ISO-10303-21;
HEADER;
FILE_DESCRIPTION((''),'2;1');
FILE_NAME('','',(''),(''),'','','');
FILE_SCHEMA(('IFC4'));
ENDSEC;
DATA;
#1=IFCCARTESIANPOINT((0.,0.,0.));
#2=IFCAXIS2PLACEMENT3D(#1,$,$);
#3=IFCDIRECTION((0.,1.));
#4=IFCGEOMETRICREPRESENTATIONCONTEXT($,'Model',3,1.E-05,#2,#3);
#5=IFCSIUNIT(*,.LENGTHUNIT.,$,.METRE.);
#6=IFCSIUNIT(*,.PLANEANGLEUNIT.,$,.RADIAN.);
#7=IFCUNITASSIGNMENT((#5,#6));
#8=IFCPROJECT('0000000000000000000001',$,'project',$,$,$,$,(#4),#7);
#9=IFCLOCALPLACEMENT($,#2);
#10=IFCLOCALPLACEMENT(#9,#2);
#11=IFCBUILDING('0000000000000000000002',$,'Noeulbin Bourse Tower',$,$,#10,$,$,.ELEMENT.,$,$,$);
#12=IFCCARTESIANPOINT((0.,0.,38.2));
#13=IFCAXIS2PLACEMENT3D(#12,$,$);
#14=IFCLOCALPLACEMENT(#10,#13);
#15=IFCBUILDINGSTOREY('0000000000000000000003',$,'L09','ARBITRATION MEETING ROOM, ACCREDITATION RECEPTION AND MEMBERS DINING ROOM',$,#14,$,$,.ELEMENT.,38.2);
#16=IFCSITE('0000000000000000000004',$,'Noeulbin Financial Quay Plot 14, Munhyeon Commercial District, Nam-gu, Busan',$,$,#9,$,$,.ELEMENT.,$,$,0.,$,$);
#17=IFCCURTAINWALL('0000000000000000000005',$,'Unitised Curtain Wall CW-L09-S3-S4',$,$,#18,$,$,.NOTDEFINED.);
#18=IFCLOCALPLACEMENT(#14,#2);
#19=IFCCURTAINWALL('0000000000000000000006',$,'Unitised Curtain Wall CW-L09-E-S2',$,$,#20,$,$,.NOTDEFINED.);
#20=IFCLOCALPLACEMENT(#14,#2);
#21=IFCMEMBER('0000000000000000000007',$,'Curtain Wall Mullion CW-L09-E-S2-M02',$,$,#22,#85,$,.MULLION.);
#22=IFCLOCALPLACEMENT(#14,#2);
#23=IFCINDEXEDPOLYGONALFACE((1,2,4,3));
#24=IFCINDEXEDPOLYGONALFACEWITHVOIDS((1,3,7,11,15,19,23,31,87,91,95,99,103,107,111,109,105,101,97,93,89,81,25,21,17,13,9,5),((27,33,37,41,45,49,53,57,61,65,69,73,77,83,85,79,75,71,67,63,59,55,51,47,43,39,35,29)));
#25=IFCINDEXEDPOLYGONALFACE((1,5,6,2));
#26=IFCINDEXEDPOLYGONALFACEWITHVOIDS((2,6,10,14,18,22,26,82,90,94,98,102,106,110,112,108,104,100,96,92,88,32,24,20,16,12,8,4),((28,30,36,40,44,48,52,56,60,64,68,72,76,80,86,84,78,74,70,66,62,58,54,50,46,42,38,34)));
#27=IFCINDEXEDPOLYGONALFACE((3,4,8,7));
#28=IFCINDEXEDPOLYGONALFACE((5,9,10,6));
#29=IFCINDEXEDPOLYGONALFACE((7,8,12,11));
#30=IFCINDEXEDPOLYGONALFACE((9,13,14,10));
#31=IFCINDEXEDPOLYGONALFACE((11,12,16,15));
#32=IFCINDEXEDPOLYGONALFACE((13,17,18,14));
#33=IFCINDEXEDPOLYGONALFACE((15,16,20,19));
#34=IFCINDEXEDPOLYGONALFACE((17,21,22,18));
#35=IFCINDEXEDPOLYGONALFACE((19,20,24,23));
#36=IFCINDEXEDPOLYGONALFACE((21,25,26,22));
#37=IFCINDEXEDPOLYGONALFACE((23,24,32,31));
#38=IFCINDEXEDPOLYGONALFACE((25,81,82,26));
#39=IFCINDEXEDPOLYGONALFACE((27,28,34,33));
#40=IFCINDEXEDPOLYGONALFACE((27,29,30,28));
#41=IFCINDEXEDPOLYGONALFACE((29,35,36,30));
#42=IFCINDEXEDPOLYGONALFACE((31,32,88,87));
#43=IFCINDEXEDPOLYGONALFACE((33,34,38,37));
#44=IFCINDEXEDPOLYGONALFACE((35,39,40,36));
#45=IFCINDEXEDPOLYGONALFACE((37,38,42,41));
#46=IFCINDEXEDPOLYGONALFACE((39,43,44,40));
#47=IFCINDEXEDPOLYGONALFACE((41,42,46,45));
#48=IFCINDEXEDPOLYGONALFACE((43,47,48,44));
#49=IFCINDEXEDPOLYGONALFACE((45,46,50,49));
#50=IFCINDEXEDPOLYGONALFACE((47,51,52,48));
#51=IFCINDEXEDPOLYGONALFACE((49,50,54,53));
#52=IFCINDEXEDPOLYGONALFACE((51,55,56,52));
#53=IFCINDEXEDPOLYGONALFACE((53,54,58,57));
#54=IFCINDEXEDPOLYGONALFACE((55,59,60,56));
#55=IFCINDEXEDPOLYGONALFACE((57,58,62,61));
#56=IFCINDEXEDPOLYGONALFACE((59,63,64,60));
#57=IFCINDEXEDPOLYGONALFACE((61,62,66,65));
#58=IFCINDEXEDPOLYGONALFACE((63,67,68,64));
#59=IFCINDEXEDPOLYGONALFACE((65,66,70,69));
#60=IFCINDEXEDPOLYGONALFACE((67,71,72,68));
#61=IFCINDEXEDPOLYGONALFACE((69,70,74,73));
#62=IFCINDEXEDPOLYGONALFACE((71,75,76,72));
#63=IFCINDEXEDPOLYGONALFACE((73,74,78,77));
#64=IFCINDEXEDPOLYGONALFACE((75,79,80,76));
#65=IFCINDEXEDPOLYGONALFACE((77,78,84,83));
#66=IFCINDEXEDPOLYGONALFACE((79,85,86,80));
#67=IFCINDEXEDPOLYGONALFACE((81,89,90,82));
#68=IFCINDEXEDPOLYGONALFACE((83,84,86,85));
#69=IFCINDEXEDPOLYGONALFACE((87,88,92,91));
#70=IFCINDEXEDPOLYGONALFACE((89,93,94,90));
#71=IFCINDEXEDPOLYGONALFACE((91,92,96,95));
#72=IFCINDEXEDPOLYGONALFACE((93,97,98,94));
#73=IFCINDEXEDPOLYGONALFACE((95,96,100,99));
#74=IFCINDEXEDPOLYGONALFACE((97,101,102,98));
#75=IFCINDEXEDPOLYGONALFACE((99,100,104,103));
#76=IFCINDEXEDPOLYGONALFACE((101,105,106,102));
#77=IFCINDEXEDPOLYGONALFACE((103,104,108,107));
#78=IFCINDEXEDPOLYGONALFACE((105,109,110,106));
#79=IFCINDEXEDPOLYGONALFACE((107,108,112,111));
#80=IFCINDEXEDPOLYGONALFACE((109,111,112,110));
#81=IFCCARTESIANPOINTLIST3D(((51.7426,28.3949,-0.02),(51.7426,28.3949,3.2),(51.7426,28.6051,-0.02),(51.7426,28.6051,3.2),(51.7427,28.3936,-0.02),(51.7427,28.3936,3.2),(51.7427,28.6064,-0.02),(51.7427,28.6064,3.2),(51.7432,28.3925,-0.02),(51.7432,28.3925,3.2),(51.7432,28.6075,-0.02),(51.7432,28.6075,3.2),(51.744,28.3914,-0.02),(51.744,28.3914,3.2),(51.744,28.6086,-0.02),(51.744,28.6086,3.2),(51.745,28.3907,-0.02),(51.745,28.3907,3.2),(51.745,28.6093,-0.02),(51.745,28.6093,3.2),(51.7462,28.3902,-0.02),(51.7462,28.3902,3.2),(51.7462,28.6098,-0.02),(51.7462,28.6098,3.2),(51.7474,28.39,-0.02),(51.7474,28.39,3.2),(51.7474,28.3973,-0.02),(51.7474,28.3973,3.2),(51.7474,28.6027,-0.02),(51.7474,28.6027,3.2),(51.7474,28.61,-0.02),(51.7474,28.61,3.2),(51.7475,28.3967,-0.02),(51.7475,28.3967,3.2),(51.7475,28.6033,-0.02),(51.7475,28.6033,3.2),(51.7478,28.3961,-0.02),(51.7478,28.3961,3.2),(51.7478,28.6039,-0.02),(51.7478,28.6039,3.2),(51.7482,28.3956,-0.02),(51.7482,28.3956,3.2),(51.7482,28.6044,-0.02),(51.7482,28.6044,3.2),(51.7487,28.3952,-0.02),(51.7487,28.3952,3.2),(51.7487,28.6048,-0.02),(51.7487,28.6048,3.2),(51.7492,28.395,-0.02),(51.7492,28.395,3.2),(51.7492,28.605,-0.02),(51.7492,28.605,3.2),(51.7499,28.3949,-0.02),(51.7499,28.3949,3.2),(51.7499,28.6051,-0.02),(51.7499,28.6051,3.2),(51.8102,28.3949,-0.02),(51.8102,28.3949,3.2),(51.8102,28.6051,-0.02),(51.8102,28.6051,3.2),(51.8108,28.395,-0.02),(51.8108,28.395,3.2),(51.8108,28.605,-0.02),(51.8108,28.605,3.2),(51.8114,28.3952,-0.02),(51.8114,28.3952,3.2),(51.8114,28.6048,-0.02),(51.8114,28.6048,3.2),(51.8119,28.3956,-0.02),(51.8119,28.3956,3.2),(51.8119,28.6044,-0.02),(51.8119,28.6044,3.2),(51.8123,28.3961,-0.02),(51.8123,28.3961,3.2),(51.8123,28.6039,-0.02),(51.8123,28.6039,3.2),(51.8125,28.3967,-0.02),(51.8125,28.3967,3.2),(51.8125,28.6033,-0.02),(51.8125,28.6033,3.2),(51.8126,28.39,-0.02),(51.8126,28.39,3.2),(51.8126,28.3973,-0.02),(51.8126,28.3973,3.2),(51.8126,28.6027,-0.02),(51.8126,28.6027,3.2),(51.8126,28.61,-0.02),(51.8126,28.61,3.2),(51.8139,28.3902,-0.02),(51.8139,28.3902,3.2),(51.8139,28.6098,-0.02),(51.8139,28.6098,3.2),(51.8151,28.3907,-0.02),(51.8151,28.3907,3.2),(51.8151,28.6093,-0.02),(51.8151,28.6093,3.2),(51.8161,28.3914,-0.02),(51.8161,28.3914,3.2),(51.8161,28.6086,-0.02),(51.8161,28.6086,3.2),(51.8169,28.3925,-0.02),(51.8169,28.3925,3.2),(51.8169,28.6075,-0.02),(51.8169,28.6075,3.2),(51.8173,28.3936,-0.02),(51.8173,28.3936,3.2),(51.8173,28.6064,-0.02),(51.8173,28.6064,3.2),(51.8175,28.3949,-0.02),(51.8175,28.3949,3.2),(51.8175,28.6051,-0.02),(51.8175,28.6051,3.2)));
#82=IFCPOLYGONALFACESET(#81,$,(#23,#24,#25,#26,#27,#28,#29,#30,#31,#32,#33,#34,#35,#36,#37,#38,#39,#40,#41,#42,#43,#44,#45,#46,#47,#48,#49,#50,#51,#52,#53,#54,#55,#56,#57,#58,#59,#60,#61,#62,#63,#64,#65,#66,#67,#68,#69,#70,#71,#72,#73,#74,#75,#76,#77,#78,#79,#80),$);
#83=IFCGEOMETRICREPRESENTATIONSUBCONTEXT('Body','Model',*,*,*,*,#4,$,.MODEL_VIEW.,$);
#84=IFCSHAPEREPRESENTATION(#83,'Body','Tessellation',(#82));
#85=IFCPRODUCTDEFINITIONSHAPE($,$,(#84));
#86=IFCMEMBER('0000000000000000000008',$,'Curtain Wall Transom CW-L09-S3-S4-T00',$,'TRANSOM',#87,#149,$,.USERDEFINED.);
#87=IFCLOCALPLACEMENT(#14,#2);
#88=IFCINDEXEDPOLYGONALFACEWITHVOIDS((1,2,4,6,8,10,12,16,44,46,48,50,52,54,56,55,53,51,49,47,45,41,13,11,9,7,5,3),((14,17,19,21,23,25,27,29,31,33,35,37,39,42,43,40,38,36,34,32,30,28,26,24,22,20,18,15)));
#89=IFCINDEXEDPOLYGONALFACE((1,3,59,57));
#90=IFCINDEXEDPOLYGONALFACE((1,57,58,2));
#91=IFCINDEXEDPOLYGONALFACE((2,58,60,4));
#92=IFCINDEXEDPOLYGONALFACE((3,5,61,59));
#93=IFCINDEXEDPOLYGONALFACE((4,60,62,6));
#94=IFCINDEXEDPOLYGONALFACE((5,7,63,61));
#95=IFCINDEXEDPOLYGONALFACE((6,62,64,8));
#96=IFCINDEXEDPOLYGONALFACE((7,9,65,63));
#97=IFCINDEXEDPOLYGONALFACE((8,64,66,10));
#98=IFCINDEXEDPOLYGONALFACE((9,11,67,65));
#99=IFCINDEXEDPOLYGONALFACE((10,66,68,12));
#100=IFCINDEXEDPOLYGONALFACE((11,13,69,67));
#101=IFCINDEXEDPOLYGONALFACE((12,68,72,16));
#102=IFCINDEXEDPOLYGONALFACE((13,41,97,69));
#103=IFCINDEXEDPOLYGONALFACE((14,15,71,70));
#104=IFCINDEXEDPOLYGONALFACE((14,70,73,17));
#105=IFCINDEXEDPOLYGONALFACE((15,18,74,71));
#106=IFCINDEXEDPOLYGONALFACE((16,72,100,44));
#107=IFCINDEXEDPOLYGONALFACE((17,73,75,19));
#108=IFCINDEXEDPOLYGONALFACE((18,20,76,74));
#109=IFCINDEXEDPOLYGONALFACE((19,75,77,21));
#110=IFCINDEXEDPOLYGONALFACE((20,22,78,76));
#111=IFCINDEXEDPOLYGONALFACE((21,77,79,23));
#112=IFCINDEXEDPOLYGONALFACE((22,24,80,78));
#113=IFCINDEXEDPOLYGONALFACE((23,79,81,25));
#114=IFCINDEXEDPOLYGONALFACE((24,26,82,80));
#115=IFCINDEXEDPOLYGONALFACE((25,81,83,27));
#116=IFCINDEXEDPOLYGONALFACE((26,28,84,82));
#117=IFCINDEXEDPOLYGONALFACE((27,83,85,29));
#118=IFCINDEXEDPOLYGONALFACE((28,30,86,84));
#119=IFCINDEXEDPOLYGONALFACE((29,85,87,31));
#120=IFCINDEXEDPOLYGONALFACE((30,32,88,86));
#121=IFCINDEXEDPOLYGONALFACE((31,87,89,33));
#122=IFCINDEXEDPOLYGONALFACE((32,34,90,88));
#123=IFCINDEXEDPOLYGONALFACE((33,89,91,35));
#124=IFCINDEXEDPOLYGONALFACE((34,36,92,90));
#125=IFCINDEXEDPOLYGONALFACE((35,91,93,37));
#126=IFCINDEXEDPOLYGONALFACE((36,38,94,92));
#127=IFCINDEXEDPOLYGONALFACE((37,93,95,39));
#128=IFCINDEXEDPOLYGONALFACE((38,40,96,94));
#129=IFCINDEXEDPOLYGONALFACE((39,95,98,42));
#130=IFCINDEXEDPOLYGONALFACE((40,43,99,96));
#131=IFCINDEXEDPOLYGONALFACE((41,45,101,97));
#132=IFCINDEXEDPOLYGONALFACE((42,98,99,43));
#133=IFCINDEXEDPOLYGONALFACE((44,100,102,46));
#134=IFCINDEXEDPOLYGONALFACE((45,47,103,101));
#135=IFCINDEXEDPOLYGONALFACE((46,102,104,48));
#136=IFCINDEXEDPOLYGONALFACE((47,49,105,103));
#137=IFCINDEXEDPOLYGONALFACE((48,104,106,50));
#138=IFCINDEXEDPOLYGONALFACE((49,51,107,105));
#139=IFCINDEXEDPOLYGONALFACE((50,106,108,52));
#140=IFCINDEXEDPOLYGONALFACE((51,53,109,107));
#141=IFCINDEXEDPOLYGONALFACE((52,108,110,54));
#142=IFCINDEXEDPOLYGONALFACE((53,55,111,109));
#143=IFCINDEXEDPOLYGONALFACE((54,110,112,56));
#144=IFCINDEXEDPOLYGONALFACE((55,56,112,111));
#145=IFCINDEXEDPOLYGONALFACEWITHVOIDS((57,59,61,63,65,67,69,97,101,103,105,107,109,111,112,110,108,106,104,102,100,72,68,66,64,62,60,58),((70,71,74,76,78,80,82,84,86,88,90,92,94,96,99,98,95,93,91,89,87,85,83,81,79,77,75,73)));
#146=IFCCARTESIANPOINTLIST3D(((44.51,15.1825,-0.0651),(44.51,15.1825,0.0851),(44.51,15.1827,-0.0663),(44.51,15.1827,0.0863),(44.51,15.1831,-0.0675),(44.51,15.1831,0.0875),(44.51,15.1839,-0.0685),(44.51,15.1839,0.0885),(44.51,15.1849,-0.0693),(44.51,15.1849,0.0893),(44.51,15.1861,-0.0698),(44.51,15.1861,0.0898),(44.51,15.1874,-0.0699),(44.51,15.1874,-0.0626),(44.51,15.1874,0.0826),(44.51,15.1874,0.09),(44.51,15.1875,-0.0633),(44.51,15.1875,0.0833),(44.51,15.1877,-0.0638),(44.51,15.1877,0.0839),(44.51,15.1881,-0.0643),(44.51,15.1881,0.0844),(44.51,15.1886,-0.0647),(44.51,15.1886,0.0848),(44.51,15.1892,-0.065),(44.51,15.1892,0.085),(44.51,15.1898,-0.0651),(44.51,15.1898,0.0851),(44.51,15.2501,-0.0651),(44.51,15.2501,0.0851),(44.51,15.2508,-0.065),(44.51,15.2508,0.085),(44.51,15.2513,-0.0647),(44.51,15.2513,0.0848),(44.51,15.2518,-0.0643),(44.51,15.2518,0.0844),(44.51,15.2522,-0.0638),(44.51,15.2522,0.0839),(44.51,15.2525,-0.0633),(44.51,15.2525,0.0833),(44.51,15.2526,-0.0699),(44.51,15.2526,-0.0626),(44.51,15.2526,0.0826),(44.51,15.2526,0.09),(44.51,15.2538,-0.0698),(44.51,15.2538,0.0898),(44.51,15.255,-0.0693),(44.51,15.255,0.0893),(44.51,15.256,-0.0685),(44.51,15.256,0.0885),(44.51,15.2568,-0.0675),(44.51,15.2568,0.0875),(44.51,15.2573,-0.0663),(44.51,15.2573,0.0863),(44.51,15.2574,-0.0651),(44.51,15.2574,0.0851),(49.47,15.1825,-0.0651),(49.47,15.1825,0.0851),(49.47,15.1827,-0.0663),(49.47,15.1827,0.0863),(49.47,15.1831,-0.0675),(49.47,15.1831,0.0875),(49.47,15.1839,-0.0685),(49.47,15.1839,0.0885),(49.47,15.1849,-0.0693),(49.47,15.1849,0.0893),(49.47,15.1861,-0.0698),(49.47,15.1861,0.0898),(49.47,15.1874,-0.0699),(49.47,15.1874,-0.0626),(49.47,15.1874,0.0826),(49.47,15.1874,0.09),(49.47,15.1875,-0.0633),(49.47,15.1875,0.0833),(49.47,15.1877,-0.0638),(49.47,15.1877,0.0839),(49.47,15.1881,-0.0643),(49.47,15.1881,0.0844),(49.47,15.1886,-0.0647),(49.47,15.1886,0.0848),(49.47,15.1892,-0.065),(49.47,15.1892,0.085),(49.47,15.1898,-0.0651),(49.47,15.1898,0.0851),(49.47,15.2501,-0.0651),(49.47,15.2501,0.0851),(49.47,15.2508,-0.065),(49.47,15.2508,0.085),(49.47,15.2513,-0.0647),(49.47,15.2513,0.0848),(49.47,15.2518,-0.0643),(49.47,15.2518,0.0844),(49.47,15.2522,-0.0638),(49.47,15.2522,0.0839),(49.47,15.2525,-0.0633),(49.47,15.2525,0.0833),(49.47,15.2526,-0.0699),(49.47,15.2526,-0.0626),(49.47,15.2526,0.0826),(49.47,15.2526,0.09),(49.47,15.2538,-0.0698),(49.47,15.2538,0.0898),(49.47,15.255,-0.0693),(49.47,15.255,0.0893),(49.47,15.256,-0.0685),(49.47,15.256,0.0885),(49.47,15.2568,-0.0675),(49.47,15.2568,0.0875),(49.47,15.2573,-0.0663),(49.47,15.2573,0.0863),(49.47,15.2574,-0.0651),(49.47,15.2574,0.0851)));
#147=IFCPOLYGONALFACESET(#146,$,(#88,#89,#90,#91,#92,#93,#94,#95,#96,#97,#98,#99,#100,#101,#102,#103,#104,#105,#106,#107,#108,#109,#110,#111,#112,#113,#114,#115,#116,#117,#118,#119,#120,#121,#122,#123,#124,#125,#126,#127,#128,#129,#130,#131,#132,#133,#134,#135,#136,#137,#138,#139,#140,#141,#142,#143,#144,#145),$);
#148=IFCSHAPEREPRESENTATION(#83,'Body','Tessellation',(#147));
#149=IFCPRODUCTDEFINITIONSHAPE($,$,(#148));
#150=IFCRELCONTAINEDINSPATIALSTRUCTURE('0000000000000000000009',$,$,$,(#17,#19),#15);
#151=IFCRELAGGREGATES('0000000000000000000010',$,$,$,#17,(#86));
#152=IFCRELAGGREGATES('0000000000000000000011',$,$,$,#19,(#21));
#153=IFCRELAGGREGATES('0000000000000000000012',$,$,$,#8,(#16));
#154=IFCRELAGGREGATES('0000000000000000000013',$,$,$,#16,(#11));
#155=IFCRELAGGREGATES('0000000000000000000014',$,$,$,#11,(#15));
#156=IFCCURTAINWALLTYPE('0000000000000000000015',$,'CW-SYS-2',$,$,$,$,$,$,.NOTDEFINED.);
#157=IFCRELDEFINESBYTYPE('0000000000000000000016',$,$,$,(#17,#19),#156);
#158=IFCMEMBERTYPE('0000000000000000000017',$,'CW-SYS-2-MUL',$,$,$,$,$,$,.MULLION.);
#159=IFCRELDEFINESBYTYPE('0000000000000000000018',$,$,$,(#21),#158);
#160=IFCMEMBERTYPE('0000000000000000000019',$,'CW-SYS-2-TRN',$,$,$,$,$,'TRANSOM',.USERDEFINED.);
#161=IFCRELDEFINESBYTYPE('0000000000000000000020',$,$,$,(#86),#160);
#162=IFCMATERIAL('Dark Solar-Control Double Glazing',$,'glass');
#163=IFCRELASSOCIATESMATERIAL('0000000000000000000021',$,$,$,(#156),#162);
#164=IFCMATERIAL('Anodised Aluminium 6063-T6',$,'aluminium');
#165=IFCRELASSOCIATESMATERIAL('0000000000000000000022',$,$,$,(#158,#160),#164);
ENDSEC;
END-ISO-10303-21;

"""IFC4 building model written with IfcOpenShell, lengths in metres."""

from ifc_helpers import new_model, si_unit, direction, frame, origin, origin_2d, place, context, subcontext, project, spatial, hollow_rectangle, extrude, material, material_profile, profile_set, type_object, element, aggregate, save


model = new_model("IFC4")

# Units and contexts
model_context = context("Model", 3, precision=1e-05, world=origin(), true_north=direction((0.0, 1.0)))
body_context = subcontext(model_context, "Body", "Model", "MODEL_VIEW")
ifc_project = project(units=[si_unit("LENGTHUNIT", "METRE"), si_unit("PLANEANGLEUNIT", "RADIAN")], contexts=[model_context])

# Site, building, storey
site_placement = place(None, origin())
site = spatial("IfcSite", under=ifc_project, at=site_placement, Name="Noeulbin Financial Quay Plot 14, Munhyeon Commercial District, Nam-gu, Busan", CompositionType="ELEMENT", RefElevation=0.0)
building_placement = place(site_placement, origin())
building = spatial("IfcBuilding", under=site, at=building_placement, Name="Noeulbin Bourse Tower", CompositionType="ELEMENT")
storey_placement = place(building_placement, frame((0.0, 0.0, 38.2)))
storey = spatial("IfcBuildingStorey", under=building, at=storey_placement, Name="L09", Description="ARBITRATION MEETING ROOM, ACCREDITATION RECEPTION AND MEMBERS DINING ROOM", CompositionType="ELEMENT", Elevation=38.2)

# Curtain walls, member
ifc_material_1 = material(Name="Dark Solar-Control Double Glazing", Category="glass")
curtain_wall_type = type_object("IfcCurtainWallType", Name="CW-SYS-2", PredefinedType="NOTDEFINED", material=ifc_material_1)
curtain_wall_1_placement = place(storey_placement, origin())
curtain_wall_1 = element("IfcCurtainWall", 1, at=curtain_wall_1_placement, inside=storey, type_object=curtain_wall_type, Name="Unitised Curtain Wall CW-L09-S3-S4", PredefinedType="NOTDEFINED")
ifc_material_2 = material(Name="Anodised Aluminium 6063-T6", Category="aluminium")
ifc_material_profile_1 = material_profile(ifc_material_2, hollow_rectangle(XDim=0.075, YDim=0.22, WallThickness=0.0049, InnerFilletRadius=0.0024, OuterFilletRadius=0.0049, at=origin_2d()), Name="ALU-MULL-75x220x5", Category="LoadBearing")
ifc_profile_set_1 = profile_set([ifc_material_profile_1], Name="Anodised Aluminium 6063-T6")
member_type_1 = type_object("IfcMemberType", Name="CW-SYS-2-MUL", PredefinedType="MULLION", material=ifc_profile_set_1)
curtain_wall_2_placement = place(storey_placement, origin())
curtain_wall_2 = element("IfcCurtainWall", 2, at=curtain_wall_2_placement, inside=storey, type_object=curtain_wall_type, Name="Unitised Curtain Wall CW-L09-E-S2", PredefinedType="NOTDEFINED")
member_1_placement = place(storey_placement, frame((51.78, 28.5, -0.02), z_axis=(0.0, 0.0, 1.0), x_axis=(1.0, 0.0, 0.0)))
member_1 = element("IfcMember", 3, at=member_1_placement, type_object=member_type_1, Name="Curtain Wall Mullion CW-L09-E-S2-M02", PredefinedType="MULLION", context=body_context, shape_type="SweptSolid", body=[
    extrude(hollow_rectangle(XDim=0.075, YDim=0.22, WallThickness=0.0049, InnerFilletRadius=0.0024, OuterFilletRadius=0.0049, at=origin_2d()), origin(), (0.0, 0.0, 1.0), 3.22),
])

# Member
ifc_material_profile_2 = material_profile(ifc_material_2, hollow_rectangle(XDim=0.075, YDim=0.1599, WallThickness=0.0049, InnerFilletRadius=0.0024, OuterFilletRadius=0.0049, at=origin_2d()), Name="ALU-TRAN-75x160x5", Category="LoadBearing")
ifc_profile_set_2 = profile_set([ifc_material_profile_2], Name="Anodised Aluminium 6063-T6")
member_type_2 = type_object("IfcMemberType", Name="CW-SYS-2-TRN", ElementType="TRANSOM", PredefinedType="USERDEFINED", material=ifc_profile_set_2)
member_2_placement = place(storey_placement, frame((44.51, 15.22, 0.01), z_axis=(1.0, 0.0, 0.0), x_axis=(0.0, 1.0, 0.0)))
member_2 = element("IfcMember", 4, at=member_2_placement, type_object=member_type_2, Name="Curtain Wall Transom CW-L09-S3-S4-T00", ObjectType="TRANSOM", PredefinedType="USERDEFINED", context=body_context, shape_type="SweptSolid", body=[
    extrude(hollow_rectangle(XDim=0.075, YDim=0.1599, WallThickness=0.0049, InnerFilletRadius=0.0024, OuterFilletRadius=0.0049, at=origin_2d()), origin(), (0.0, 0.0, 1.0), 4.96),
])

aggregate(curtain_wall_1, [member_2])
aggregate(curtain_wall_2, [member_1])

save(model, "model.ifc")
